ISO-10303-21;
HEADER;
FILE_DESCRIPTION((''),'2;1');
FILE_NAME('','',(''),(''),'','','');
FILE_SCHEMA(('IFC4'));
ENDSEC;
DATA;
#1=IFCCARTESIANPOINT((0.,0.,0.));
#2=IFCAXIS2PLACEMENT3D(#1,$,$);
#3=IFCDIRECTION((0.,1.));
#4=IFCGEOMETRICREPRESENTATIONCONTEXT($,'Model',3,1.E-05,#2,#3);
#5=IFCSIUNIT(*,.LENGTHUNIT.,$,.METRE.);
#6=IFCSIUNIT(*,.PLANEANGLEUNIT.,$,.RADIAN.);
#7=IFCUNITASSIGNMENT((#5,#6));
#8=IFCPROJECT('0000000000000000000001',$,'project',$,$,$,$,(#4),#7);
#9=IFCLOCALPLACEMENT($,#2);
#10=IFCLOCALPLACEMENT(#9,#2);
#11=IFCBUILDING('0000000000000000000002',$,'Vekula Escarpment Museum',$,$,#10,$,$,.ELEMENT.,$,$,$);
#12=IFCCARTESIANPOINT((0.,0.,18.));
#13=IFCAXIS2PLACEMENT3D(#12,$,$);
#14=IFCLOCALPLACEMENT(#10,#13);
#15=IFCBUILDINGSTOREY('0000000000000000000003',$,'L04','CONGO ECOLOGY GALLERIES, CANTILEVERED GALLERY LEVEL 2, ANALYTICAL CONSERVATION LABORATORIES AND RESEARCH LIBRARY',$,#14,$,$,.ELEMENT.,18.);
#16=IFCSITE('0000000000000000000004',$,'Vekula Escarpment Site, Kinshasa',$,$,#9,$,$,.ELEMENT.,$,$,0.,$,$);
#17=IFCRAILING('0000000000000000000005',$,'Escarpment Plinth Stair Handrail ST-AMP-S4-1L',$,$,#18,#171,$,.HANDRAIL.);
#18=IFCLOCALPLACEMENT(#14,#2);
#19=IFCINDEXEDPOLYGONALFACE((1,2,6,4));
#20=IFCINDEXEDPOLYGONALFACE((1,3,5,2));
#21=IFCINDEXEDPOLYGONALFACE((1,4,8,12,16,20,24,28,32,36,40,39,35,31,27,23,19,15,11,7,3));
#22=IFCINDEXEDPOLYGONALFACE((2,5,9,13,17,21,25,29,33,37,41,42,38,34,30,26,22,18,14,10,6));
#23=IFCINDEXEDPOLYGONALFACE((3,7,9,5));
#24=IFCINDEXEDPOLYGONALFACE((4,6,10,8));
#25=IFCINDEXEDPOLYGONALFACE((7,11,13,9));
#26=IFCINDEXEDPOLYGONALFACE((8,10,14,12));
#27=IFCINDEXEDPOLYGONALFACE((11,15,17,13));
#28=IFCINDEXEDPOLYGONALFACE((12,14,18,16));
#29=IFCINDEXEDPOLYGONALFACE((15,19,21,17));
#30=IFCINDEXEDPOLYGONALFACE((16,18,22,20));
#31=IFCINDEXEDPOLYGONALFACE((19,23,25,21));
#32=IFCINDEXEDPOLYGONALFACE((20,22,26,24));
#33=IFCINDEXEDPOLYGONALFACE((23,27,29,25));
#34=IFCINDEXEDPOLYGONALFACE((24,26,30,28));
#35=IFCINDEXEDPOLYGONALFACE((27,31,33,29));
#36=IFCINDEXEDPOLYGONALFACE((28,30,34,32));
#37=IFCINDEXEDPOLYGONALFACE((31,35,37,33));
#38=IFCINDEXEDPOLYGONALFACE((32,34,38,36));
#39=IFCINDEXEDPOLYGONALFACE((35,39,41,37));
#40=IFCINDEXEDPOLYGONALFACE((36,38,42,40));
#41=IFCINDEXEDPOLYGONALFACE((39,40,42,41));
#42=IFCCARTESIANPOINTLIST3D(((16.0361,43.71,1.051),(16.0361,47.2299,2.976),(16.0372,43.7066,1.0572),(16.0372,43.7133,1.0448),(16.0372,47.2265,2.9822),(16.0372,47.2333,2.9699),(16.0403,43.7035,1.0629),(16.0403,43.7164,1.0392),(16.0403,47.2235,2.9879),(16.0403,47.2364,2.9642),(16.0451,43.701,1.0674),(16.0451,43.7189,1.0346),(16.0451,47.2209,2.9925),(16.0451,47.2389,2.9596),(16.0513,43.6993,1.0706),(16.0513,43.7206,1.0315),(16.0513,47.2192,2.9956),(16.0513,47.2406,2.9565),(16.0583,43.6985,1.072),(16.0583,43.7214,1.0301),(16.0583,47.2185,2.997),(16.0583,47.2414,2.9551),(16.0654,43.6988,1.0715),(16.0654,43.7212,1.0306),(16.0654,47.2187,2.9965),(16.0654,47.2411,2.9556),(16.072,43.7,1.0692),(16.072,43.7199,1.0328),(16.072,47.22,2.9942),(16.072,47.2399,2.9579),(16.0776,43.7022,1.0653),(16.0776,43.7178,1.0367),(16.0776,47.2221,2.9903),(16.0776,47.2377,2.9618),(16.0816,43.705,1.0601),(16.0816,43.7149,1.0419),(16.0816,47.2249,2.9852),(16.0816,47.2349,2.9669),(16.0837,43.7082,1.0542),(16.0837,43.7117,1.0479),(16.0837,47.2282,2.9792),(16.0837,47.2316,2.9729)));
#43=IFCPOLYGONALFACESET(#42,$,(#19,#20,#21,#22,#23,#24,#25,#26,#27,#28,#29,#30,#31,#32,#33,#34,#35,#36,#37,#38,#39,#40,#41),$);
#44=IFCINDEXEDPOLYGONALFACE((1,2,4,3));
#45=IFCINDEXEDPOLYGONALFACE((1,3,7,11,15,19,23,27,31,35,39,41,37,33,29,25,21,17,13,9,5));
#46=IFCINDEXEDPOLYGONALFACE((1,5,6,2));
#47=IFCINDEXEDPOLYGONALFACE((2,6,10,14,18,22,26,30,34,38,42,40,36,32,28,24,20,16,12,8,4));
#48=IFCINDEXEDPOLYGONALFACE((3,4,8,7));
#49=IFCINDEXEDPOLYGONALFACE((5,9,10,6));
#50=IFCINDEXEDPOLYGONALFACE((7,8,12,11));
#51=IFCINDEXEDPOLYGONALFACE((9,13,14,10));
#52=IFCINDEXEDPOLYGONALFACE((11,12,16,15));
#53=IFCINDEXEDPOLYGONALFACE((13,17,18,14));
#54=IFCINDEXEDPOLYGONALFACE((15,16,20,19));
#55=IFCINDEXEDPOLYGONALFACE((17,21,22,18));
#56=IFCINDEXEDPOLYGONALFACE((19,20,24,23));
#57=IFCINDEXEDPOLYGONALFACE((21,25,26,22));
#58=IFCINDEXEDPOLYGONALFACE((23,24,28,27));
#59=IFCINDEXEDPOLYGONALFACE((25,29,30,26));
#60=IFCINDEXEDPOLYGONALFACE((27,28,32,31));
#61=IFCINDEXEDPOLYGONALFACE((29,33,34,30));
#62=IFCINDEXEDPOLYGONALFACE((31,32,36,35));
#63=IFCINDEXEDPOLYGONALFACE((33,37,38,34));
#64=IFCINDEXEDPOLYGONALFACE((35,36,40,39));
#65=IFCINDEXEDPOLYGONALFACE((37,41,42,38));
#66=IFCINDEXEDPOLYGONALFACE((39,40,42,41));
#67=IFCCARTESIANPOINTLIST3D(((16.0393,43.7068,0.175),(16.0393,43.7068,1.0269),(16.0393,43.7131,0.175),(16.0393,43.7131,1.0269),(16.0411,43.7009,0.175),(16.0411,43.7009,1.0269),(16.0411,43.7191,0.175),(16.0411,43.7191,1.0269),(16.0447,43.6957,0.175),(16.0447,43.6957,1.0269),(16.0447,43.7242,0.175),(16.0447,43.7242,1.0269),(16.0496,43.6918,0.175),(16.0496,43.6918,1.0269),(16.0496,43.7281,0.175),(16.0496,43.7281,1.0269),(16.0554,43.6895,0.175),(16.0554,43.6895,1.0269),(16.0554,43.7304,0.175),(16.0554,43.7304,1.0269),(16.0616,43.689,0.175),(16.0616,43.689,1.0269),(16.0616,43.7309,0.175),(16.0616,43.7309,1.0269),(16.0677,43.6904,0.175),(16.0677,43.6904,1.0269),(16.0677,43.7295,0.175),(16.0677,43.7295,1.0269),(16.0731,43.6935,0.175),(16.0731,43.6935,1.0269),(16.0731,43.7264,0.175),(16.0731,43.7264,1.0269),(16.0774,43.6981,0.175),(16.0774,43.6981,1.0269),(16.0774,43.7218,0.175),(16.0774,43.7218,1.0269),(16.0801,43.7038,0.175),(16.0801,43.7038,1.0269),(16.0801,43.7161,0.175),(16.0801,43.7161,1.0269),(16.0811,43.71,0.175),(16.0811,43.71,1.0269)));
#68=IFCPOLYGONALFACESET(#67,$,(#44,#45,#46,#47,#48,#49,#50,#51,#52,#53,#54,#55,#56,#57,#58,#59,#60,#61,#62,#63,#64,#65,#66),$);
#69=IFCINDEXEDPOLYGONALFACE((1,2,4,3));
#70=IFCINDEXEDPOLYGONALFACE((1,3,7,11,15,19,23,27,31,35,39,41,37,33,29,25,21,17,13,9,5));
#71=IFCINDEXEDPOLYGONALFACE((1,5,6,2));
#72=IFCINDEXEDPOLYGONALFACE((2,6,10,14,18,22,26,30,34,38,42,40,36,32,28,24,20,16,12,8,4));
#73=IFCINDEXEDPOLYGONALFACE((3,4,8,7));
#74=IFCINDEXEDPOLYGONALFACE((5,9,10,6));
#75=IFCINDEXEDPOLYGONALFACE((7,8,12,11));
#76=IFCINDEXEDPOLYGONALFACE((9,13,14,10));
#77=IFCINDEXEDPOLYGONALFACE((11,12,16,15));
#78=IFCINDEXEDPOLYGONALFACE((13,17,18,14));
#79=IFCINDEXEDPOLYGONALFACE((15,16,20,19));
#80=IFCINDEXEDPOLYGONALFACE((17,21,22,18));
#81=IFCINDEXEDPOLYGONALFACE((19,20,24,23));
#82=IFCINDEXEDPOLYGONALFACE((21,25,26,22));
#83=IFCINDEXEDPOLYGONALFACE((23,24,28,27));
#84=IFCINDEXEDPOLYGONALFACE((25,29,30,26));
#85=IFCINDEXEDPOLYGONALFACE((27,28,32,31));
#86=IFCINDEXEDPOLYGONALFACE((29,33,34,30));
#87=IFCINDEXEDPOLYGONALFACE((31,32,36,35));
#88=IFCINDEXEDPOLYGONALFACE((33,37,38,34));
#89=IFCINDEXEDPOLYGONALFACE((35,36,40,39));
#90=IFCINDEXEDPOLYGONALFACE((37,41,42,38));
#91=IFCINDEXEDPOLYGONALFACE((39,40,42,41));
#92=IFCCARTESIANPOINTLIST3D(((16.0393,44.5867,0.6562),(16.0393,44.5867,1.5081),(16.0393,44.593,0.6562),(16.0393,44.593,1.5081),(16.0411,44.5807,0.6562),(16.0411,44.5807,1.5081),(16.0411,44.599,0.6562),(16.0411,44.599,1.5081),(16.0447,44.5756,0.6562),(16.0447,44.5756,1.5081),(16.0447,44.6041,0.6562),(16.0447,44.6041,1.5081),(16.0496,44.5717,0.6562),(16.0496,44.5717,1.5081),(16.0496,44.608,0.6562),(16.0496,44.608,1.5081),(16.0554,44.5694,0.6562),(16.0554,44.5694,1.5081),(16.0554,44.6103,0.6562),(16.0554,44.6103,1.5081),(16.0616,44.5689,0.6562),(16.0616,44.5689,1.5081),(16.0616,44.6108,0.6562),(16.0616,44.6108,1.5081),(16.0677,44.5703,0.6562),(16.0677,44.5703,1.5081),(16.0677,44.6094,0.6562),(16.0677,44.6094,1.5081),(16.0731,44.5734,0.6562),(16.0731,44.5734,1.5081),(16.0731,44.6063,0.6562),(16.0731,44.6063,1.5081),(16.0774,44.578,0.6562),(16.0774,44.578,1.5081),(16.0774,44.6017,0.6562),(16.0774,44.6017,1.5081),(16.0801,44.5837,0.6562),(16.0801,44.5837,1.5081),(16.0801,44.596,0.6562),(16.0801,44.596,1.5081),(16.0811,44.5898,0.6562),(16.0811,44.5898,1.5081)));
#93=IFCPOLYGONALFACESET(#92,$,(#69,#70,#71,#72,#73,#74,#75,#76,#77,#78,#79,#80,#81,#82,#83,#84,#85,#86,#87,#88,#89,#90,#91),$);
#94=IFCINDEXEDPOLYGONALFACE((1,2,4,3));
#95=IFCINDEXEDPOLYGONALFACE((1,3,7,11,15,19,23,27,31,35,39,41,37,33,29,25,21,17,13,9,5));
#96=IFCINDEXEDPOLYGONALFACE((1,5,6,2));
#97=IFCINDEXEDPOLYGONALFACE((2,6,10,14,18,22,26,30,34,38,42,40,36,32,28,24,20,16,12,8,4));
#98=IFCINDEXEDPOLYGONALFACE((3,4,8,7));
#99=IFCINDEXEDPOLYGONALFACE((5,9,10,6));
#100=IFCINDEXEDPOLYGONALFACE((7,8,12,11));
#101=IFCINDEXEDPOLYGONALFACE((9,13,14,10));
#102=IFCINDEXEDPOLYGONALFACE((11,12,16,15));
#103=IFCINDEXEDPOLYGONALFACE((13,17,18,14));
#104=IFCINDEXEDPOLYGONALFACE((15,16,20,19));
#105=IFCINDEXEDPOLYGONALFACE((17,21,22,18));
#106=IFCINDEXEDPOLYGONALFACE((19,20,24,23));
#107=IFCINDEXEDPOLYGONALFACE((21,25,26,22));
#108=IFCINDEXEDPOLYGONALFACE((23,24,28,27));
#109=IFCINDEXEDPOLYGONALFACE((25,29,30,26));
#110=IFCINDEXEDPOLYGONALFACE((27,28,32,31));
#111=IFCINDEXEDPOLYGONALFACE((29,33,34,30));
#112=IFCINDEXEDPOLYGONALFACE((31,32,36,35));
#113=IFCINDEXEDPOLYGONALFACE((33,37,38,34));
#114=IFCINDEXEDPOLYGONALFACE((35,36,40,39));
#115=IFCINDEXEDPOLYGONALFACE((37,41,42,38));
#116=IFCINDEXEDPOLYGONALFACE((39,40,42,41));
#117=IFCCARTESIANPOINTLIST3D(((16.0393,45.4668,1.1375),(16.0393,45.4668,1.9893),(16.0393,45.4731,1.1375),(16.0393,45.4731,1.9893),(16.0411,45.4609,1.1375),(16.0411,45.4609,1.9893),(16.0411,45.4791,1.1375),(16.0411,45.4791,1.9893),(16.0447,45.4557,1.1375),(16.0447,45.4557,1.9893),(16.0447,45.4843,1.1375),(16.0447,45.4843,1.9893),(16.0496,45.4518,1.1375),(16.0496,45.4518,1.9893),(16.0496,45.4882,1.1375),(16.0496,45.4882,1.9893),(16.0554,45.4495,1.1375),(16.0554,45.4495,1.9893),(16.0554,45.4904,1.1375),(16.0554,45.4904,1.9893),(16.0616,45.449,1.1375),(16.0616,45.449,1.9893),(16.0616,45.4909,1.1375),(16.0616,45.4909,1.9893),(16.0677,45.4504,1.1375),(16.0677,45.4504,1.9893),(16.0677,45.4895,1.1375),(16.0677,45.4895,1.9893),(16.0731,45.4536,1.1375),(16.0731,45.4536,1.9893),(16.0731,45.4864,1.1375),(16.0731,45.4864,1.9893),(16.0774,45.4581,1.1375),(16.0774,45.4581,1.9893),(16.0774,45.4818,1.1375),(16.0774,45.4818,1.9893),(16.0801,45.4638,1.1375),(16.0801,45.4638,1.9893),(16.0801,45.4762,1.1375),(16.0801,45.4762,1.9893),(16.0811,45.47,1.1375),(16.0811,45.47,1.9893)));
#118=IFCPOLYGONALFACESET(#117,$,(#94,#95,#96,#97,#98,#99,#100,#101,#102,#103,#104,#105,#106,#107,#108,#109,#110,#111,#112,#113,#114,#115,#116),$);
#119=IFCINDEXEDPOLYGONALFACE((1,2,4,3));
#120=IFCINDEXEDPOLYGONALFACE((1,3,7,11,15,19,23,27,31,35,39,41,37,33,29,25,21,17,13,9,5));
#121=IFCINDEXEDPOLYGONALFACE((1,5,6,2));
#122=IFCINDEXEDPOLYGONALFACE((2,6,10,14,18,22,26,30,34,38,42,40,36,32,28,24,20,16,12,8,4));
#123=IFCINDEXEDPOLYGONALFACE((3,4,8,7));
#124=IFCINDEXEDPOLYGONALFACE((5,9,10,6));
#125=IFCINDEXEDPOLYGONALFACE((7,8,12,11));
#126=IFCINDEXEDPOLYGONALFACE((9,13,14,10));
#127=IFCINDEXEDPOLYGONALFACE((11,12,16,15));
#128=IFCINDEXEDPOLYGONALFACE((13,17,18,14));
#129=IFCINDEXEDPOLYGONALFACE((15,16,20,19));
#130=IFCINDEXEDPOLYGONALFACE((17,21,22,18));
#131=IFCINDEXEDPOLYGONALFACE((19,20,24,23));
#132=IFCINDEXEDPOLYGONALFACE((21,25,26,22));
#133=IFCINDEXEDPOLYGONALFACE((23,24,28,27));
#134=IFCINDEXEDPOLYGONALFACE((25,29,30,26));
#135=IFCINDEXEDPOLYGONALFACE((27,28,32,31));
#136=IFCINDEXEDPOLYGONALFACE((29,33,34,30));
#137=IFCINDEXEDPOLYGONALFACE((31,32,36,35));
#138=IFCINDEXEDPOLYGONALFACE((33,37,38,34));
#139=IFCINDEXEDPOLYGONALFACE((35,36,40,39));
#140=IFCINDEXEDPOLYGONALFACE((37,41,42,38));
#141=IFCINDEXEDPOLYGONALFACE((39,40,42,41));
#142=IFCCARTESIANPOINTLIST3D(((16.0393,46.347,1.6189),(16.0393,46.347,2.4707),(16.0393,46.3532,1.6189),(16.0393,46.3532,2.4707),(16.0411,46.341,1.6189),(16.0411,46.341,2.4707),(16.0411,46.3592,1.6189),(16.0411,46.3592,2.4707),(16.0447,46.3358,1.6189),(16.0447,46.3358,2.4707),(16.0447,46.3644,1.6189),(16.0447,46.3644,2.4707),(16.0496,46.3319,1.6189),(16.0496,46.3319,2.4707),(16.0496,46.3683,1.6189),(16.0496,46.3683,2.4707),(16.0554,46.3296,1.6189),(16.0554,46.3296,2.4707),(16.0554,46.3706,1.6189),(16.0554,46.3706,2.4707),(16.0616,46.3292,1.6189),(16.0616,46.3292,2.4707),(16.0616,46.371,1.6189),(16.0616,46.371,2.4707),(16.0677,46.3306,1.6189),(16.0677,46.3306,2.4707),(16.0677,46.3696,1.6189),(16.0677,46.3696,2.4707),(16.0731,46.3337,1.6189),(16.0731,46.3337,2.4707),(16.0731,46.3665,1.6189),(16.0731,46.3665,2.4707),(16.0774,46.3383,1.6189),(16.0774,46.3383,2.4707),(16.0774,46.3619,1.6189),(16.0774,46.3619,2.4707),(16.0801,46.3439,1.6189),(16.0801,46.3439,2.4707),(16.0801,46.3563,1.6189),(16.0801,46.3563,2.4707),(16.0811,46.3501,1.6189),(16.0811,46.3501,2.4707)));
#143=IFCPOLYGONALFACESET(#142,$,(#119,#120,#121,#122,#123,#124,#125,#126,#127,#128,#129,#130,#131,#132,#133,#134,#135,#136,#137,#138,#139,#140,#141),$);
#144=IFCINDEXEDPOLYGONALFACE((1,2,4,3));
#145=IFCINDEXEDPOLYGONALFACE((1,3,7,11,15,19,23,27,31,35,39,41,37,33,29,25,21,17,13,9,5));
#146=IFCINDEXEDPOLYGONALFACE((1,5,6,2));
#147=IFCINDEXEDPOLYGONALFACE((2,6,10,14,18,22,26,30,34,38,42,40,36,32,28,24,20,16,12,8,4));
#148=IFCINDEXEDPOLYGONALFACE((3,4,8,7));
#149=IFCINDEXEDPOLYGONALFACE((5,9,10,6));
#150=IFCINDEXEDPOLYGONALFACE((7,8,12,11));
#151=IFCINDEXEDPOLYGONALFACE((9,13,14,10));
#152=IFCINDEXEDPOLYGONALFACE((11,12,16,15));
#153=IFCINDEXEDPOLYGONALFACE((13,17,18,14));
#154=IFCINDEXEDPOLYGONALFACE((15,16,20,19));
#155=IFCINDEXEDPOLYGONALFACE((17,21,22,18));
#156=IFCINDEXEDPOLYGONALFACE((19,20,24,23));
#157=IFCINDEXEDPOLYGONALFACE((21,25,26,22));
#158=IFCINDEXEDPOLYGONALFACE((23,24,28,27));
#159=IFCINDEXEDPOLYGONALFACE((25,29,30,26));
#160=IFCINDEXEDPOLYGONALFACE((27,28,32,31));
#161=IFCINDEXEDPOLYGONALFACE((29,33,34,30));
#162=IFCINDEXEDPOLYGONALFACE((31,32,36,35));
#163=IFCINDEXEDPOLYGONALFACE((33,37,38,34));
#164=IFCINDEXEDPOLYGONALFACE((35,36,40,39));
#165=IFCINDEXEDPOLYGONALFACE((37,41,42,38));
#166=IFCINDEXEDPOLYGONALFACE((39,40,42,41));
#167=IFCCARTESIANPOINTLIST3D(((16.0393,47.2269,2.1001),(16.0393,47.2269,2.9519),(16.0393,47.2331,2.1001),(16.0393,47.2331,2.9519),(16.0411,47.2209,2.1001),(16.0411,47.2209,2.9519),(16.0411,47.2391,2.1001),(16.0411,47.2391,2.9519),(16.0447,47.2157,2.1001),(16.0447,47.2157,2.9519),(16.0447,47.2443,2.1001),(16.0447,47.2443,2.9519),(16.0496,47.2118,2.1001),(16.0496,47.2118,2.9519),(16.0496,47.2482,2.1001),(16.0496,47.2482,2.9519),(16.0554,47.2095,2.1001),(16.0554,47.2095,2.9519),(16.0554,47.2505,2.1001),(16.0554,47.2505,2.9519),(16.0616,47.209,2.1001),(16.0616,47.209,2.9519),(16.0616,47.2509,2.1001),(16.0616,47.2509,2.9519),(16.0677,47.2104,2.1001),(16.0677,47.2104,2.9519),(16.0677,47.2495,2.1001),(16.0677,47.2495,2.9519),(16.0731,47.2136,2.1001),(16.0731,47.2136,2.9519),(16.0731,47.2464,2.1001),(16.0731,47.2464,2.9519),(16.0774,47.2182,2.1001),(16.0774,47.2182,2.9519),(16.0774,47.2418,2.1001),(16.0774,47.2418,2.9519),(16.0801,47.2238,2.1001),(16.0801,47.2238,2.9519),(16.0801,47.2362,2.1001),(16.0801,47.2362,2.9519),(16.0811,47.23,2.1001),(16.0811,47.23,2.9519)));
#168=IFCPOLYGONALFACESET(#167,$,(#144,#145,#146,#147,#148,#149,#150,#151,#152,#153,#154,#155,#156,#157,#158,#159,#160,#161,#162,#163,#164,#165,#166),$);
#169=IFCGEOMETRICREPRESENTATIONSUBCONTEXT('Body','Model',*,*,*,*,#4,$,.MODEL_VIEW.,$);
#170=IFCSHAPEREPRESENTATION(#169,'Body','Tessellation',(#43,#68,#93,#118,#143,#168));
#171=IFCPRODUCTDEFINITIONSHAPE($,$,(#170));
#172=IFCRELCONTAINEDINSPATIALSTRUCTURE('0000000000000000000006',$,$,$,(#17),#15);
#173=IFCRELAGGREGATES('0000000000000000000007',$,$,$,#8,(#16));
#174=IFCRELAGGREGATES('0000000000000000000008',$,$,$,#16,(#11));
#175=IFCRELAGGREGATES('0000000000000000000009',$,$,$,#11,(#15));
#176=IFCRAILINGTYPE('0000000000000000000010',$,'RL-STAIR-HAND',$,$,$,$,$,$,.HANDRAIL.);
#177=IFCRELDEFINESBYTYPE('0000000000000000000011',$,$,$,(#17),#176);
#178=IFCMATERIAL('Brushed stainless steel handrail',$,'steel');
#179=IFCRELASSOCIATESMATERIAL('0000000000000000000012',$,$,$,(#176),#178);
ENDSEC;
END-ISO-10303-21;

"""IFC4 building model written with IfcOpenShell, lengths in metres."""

from ifc_helpers import new_model, si_unit, direction, frame, origin, origin_2d, place, context, subcontext, project, spatial, circle, extrude, material, type_object, element, save


model = new_model("IFC4")

# Units and contexts
model_context = context("Model", 3, precision=1e-05, world=origin(), true_north=direction((0.0, 1.0)))
body_context = subcontext(model_context, "Body", "Model", "MODEL_VIEW")
ifc_project = project(units=[si_unit("LENGTHUNIT", "METRE"), si_unit("PLANEANGLEUNIT", "RADIAN")], contexts=[model_context])

# Site, building, storey
site_placement = place(None, origin())
site = spatial("IfcSite", under=ifc_project, at=site_placement, Name="Vekula Escarpment Site, Kinshasa", CompositionType="ELEMENT", RefElevation=0.0)
building_placement = place(site_placement, origin())
building = spatial("IfcBuilding", under=site, at=building_placement, Name="Vekula Escarpment Museum", CompositionType="ELEMENT")
storey_placement = place(building_placement, frame((0.0, 0.0, 18.0)))
storey = spatial("IfcBuildingStorey", under=building, at=storey_placement, Name="L04", Description="CONGO ECOLOGY GALLERIES, CANTILEVERED GALLERY LEVEL 2, ANALYTICAL CONSERVATION LABORATORIES AND RESEARCH LIBRARY", CompositionType="ELEMENT", Elevation=18.0)

# Railing
ifc_material_1 = material(Name="Brushed stainless steel handrail", Category="steel")
railing_type_1 = type_object("IfcRailingType", Name="RL-STAIR-HAND", PredefinedType="HANDRAIL", material=ifc_material_1)
for number, where, name in (
    (1, (16.0601, 43.71, 0.175), "Escarpment Plinth Stair Handrail ST-AMP-S4-1L"),
):
    element("IfcRailing", number, at=place(storey_placement, frame(where)), inside=storey, type_object=railing_type_1, Name=name, PredefinedType="HANDRAIL", context=body_context, shape_type="SweptSolid", body=[
        extrude(circle(Radius=0.0239, at=origin_2d()), frame((0.0, 0.0, 0.876), z_axis=(0.0, 0.877367, 0.47982), x_axis=(-1.0, 0.0, 0.0)), (0.0, 0.0, 1.0), 4.012),
        extrude(circle(Radius=0.021, at=origin_2d()), origin(), (0.0, 0.0, 1.0), 0.8518),
        extrude(circle(Radius=0.021, at=origin_2d()), frame((0.0, 0.8799, 0.4812)), (0.0, 0.0, 1.0), 0.8518),
        extrude(circle(Radius=0.021, at=origin_2d()), frame((0.0, 1.76, 0.9624)), (0.0, 0.0, 1.0), 0.8518),
        extrude(circle(Radius=0.021, at=origin_2d()), frame((0.0, 2.6401, 1.4438)), (0.0, 0.0, 1.0), 0.8518),
        extrude(circle(Radius=0.021, at=origin_2d()), frame((0.0, 3.52, 1.925)), (0.0, 0.0, 1.0), 0.8518),
    ])

save(model, "model.ifc")
